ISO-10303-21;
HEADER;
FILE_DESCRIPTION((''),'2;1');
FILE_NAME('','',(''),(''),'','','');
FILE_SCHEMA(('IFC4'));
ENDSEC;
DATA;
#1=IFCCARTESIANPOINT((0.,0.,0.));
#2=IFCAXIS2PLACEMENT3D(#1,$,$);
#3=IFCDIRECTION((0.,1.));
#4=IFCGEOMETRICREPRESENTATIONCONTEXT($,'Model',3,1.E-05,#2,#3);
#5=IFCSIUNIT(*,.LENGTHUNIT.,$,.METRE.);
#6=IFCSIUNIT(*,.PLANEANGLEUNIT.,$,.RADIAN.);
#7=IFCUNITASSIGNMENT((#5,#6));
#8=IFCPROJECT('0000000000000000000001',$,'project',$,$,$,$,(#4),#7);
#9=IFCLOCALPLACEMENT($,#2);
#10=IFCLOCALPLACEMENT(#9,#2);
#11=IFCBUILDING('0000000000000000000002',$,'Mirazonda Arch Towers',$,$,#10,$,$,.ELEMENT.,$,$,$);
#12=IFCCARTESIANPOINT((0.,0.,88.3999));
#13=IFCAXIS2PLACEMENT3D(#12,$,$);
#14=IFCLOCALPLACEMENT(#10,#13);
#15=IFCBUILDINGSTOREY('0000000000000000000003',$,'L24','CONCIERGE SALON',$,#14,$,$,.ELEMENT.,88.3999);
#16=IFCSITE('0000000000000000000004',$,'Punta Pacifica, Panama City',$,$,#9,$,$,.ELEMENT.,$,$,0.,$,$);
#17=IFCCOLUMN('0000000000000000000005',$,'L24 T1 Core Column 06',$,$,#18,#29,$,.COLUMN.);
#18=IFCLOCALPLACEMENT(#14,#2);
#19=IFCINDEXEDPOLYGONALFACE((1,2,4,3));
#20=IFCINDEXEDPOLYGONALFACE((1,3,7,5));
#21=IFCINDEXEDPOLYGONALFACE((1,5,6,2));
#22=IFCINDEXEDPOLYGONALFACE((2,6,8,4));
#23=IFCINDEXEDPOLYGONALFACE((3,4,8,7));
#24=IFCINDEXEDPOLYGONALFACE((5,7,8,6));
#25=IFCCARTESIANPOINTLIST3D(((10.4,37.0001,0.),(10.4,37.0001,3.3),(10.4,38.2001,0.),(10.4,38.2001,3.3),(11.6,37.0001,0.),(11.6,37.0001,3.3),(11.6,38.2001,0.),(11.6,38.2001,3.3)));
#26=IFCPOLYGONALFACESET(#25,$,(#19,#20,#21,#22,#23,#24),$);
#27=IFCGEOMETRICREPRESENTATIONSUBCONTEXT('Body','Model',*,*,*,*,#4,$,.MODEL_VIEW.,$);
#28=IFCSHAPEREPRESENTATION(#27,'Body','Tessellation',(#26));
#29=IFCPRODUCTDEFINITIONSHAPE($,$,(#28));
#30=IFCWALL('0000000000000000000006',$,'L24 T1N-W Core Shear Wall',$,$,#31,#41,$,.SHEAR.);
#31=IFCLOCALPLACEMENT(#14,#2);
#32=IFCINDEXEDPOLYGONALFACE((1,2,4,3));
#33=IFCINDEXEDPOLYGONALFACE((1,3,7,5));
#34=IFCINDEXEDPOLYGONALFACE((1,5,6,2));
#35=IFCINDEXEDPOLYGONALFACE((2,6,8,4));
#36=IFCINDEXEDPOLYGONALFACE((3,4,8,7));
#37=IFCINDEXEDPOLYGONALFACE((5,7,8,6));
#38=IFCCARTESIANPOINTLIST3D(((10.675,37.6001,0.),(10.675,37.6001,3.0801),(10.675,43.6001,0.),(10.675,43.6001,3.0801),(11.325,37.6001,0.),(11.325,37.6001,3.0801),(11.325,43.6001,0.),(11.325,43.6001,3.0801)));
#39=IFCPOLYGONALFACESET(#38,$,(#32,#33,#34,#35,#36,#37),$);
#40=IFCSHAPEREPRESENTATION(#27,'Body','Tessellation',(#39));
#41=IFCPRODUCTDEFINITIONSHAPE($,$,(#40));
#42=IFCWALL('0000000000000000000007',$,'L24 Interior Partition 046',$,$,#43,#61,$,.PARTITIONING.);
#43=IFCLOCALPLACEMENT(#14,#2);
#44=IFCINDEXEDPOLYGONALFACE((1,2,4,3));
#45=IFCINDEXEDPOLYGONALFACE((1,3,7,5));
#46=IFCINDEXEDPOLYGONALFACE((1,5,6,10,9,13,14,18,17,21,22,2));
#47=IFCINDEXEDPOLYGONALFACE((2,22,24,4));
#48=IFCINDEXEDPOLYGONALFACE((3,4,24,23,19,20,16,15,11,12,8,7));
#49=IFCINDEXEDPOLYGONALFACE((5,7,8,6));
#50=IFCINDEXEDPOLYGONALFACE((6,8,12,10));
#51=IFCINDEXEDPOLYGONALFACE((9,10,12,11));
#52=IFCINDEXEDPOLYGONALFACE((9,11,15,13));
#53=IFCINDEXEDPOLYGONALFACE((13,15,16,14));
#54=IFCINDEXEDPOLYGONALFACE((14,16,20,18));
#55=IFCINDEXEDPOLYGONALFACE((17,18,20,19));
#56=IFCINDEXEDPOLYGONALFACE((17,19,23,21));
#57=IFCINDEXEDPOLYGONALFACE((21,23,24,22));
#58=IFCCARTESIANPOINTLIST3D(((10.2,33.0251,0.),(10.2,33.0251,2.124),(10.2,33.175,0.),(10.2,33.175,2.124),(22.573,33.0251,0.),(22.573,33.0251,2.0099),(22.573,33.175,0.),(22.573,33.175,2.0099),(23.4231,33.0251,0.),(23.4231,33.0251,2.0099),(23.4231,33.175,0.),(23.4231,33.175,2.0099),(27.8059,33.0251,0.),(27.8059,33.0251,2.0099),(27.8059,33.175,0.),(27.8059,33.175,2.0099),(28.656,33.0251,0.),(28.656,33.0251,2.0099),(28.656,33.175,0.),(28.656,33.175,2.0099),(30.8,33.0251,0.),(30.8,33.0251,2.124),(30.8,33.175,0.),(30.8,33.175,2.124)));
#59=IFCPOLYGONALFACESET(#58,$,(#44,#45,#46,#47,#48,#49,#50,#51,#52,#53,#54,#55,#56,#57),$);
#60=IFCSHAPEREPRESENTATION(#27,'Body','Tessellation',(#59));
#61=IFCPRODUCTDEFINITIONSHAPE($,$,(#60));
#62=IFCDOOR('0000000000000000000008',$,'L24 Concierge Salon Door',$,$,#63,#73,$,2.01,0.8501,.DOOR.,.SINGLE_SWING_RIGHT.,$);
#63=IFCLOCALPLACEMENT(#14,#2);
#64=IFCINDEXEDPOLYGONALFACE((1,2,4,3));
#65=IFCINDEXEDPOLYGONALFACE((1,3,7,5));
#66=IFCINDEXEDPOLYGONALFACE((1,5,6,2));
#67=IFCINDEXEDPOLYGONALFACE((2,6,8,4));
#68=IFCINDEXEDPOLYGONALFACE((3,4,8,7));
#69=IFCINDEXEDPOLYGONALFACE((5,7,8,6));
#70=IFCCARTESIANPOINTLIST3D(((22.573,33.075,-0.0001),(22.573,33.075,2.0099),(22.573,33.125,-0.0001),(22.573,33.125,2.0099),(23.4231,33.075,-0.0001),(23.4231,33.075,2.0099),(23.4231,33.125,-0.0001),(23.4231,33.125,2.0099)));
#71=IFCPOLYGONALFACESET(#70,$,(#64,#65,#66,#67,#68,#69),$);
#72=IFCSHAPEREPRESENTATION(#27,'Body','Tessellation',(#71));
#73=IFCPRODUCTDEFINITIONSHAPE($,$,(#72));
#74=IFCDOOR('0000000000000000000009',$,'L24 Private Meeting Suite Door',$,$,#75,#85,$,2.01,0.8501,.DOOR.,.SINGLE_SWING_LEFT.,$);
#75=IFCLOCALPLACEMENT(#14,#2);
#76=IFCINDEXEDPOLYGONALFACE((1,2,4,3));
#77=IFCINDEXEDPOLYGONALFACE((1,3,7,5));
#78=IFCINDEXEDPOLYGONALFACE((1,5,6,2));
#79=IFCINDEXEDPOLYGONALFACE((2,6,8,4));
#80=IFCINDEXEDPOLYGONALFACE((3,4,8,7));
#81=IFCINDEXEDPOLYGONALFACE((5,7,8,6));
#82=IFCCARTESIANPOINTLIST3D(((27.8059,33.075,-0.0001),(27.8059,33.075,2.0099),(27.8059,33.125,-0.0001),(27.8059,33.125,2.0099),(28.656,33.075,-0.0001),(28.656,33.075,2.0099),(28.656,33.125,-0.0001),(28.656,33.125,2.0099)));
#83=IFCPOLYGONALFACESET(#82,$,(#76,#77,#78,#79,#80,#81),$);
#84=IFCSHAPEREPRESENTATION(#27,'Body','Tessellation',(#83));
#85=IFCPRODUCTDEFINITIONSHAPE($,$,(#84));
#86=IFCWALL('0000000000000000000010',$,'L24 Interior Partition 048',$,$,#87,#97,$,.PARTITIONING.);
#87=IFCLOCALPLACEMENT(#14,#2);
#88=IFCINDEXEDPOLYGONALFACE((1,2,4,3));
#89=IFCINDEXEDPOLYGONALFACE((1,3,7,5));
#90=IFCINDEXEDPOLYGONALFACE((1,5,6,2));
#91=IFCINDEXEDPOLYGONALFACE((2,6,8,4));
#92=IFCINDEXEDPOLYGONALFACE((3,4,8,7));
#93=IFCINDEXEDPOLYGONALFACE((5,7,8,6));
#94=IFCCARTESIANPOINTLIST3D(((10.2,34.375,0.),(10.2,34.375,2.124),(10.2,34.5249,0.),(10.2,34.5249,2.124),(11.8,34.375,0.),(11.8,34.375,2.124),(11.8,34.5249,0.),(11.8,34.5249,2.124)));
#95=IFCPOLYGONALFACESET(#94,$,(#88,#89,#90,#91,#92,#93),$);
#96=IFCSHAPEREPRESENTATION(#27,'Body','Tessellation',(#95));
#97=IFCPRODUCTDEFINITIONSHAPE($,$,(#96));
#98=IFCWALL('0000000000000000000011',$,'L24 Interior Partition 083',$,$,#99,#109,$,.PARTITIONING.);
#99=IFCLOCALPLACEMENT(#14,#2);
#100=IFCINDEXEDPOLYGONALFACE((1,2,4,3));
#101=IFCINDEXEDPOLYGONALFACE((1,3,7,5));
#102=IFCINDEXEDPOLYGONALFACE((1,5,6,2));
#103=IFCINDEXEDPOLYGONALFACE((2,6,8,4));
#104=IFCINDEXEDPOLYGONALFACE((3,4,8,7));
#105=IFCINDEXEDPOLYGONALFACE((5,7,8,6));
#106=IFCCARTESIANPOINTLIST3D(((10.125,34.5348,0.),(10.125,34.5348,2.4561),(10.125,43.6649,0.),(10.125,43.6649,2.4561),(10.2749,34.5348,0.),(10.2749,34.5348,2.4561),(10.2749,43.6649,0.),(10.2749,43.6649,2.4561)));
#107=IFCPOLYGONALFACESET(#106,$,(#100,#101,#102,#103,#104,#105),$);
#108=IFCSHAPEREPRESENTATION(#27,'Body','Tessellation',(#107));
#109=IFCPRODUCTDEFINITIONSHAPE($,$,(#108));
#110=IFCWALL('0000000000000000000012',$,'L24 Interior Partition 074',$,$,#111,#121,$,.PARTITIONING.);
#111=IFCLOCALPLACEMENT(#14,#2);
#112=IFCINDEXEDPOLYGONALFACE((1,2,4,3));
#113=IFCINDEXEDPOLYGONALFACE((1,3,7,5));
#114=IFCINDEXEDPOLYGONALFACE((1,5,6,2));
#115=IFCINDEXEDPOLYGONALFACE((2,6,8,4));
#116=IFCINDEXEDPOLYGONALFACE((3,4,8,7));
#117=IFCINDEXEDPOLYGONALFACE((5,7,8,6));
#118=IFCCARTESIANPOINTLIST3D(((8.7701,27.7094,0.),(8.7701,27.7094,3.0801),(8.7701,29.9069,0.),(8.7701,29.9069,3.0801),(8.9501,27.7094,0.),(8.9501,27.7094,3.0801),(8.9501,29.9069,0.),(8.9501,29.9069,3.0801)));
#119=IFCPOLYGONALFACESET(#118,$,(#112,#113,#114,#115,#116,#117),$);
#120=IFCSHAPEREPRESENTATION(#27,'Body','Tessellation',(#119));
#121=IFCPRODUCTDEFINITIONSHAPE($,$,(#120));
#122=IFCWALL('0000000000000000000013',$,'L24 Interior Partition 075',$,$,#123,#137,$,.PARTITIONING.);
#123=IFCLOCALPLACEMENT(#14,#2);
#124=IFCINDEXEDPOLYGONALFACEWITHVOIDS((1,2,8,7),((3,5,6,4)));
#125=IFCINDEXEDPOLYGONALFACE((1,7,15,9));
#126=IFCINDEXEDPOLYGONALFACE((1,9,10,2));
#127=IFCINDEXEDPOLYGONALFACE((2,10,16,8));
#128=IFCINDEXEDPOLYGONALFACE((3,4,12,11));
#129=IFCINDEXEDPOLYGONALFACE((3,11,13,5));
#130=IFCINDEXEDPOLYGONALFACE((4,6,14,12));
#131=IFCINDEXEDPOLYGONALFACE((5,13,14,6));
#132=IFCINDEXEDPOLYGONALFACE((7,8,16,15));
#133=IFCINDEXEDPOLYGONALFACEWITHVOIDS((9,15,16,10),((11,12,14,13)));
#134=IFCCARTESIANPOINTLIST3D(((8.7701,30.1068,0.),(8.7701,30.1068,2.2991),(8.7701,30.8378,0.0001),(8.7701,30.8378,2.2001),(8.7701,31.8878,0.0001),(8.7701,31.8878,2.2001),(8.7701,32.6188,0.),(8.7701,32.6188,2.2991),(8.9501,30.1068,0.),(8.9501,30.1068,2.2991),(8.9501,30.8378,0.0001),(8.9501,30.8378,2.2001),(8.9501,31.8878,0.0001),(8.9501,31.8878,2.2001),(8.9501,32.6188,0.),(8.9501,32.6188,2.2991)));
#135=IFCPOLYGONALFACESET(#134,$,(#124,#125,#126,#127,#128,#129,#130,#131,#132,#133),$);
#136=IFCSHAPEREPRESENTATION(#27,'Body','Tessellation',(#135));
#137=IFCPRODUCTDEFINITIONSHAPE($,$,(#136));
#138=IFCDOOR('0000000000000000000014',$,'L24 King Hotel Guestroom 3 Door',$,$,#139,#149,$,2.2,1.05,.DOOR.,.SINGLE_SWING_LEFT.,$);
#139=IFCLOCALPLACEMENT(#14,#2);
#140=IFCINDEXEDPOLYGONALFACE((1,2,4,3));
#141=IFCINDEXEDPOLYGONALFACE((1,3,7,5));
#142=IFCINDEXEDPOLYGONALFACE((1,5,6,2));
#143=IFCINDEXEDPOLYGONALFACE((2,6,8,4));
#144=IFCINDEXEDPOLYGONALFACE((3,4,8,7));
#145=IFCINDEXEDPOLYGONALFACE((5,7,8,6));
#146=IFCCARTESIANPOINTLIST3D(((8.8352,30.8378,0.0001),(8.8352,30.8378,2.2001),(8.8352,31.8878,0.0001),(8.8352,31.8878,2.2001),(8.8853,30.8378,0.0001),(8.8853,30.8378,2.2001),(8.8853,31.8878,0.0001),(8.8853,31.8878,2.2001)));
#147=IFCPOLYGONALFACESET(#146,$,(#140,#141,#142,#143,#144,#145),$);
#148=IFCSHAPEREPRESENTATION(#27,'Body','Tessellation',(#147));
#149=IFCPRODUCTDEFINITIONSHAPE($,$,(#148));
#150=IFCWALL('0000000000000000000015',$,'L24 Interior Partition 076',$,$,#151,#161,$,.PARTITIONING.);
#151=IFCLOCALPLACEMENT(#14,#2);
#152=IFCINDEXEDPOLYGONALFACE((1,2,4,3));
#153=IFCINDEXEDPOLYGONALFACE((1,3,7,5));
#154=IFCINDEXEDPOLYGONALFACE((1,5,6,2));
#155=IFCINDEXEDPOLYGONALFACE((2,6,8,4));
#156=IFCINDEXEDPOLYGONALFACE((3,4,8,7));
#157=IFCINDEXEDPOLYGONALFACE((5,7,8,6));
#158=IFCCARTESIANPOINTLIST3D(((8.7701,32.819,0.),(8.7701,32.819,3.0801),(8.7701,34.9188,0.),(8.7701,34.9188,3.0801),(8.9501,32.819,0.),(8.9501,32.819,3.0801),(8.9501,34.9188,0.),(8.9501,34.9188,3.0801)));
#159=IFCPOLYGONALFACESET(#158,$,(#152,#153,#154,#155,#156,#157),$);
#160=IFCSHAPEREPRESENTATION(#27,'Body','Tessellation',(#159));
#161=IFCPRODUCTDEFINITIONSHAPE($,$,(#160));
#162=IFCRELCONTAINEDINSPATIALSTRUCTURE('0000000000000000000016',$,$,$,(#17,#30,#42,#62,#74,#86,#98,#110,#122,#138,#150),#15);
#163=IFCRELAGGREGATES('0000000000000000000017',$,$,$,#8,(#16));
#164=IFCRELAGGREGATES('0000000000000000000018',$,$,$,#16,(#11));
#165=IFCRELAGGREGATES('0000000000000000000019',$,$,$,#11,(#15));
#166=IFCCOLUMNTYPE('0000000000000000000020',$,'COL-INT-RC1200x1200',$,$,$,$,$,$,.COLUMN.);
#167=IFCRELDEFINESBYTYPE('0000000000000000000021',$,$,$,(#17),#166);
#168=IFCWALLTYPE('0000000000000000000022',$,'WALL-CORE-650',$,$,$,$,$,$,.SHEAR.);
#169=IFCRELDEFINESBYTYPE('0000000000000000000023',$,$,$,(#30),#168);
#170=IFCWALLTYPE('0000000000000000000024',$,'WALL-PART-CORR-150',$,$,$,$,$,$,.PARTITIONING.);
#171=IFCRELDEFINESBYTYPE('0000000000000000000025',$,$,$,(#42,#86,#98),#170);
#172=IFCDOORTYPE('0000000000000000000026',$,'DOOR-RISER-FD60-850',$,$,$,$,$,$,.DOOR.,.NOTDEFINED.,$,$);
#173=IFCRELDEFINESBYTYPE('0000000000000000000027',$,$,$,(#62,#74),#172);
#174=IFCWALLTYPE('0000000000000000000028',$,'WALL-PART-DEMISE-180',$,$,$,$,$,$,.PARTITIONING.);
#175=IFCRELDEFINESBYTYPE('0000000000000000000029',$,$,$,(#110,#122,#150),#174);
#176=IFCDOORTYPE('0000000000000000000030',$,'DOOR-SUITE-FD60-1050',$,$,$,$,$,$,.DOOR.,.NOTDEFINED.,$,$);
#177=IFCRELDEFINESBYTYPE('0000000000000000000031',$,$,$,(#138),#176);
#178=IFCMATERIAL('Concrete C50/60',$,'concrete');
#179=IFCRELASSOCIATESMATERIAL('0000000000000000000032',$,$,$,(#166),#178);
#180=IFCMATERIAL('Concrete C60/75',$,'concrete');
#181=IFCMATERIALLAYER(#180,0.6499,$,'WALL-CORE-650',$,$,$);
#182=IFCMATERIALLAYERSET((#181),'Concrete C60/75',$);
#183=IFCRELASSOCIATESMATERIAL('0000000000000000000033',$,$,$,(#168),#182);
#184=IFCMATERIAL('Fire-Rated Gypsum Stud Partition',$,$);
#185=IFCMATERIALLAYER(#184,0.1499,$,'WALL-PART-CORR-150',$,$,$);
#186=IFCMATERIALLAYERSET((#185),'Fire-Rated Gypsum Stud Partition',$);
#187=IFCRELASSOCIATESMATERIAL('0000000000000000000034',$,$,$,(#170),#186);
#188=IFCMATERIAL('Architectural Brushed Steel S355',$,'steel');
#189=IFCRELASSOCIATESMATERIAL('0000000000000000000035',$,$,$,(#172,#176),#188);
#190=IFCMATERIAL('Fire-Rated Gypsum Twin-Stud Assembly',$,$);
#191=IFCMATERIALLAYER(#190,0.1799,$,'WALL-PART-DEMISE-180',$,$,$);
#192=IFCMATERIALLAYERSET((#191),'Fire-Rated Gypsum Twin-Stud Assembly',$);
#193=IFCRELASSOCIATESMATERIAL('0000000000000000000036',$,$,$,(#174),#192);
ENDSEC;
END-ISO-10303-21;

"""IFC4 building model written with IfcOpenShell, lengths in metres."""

from ifc_helpers import new_model, si_unit, direction, frame, frame_2d, origin, origin_2d, place, context, subcontext, project, spatial, rectangle, extrude, material, layer, layer_set, material_profile, profile_set, type_object, element, fill, save


model = new_model("IFC4")

# Units and contexts
model_context = context("Model", 3, precision=1e-05, world=origin(), true_north=direction((0.0, 1.0)))
body_context = subcontext(model_context, "Body", "Model", "MODEL_VIEW")
ifc_project = project(units=[si_unit("LENGTHUNIT", "METRE"), si_unit("PLANEANGLEUNIT", "RADIAN")], contexts=[model_context])

# Site, building, storey
site_placement = place(None, origin())
site = spatial("IfcSite", under=ifc_project, at=site_placement, Name="Punta Pacifica, Panama City", CompositionType="ELEMENT", RefElevation=0.0)
building_placement = place(site_placement, origin())
building = spatial("IfcBuilding", under=site, at=building_placement, Name="Mirazonda Arch Towers", CompositionType="ELEMENT")
storey_placement = place(building_placement, frame((0.0, 0.0, 88.3999)))
storey = spatial("IfcBuildingStorey", under=building, at=storey_placement, Name="L24", Description="CONCIERGE SALON", CompositionType="ELEMENT", Elevation=88.3999)

# Column
ifc_material_1 = material(Name="Concrete C50/60", Category="concrete")
ifc_material_profile = material_profile(ifc_material_1, rectangle(XDim=1.2, YDim=1.2, at=origin_2d()), Name="RC1200x1200")
ifc_profile_set = profile_set([ifc_material_profile], Name="Concrete C50/60")
column_type = type_object("IfcColumnType", Name="COL-INT-RC1200x1200", PredefinedType="COLUMN", material=ifc_profile_set)
column_placement = place(storey_placement, frame((11.0, 37.6001, 0.0), z_axis=(0.0, 0.0, 1.0), x_axis=(1.0, 0.0, 0.0)))
element("IfcColumn", 1, at=column_placement, inside=storey, type_object=column_type, Name="L24 T1 Core Column 06", PredefinedType="COLUMN", context=body_context, shape_type="SweptSolid", body=[
    extrude(rectangle(XDim=1.2, YDim=1.2, at=origin_2d()), origin(), (0.0, 0.0, 1.0), 3.3),
])

# Wall
ifc_material_2 = material(Name="Concrete C60/75", Category="concrete")
ifc_layer_1 = layer(ifc_material_2, 0.6499, Name="WALL-CORE-650")
ifc_layer_set_1 = layer_set([ifc_layer_1], Name="Concrete C60/75")
wall_type_1 = type_object("IfcWallType", Name="WALL-CORE-650", PredefinedType="SHEAR", material=ifc_layer_set_1)
wall_1_placement = place(storey_placement, frame((11.0, 37.6001, 0.0), z_axis=(0.0, 0.0, 1.0), x_axis=(0.0, 1.0, 0.0)))
element("IfcWall", 2, at=wall_1_placement, inside=storey, type_object=wall_type_1, Name="L24 T1N-W Core Shear Wall", PredefinedType="SHEAR", context=body_context, shape_type="SweptSolid", body=[
    extrude(rectangle(XDim=6.0, YDim=0.6499, at=frame_2d((3.0, 0.0))), origin(), (0.0, 0.0, 1.0), 3.0801),
])

# Wall, openings, doors
ifc_material_3 = material(Name="Fire-Rated Gypsum Stud Partition")
ifc_layer_2 = layer(ifc_material_3, 0.1499, Name="WALL-PART-CORR-150")
ifc_layer_set_2 = layer_set([ifc_layer_2], Name="Fire-Rated Gypsum Stud Partition")
wall_type_2 = type_object("IfcWallType", Name="WALL-PART-CORR-150", PredefinedType="PARTITIONING", material=ifc_layer_set_2)
wall_2_placement = place(storey_placement, frame((10.2, 33.1001, 0.0), z_axis=(0.0, 0.0, 1.0), x_axis=(1.0, 0.0, 0.0)))
wall_2 = element("IfcWall", 3, at=wall_2_placement, inside=storey, type_object=wall_type_2, Name="L24 Interior Partition 046", PredefinedType="PARTITIONING", context=body_context, shape_type="SweptSolid", body=[
    extrude(rectangle(XDim=20.6001, YDim=0.1499, at=frame_2d((10.3, 0.0))), origin(), (0.0, 0.0, 1.0), 2.124),
])
opening_1_placement = place(wall_2_placement, frame((12.373, 0.0, 0.0)))
opening_1 = element("IfcOpeningElement", 4, at=opening_1_placement, cuts=wall_2, PredefinedType="OPENING", context=body_context, shape_type="SweptSolid", body=[
    extrude(rectangle(XDim=0.8501, YDim=2.01, at=frame_2d((0.425, 1.0049))), frame((0.0, 0.085, 0.0), z_axis=(0.0, -1.0, 0.0), x_axis=(1.0, 0.0, 0.0)), (0.0, 0.0, 1.0), 0.1699),
])
opening_2_placement = place(wall_2_placement, frame((17.606, 0.0, 0.0)))
opening_2 = element("IfcOpeningElement", 5, at=opening_2_placement, cuts=wall_2, PredefinedType="OPENING", context=body_context, shape_type="SweptSolid", body=[
    extrude(rectangle(XDim=0.8501, YDim=2.01, at=frame_2d((0.425, 1.0049))), frame((0.0, 0.085, 0.0), z_axis=(0.0, -1.0, 0.0), x_axis=(1.0, 0.0, 0.0)), (0.0, 0.0, 1.0), 0.1699),
])
ifc_material_4 = material(Name="Architectural Brushed Steel S355", Category="steel")
door_type_1 = type_object("IfcDoorType", Name="DOOR-RISER-FD60-850", OperationType="NOTDEFINED", PredefinedType="DOOR", material=ifc_material_4)
door_1_placement = place(opening_1_placement, origin())
door_1 = element("IfcDoor", 6, at=door_1_placement, inside=storey, type_object=door_type_1, Name="L24 Concierge Salon Door", OperationType="SINGLE_SWING_RIGHT", OverallHeight=2.01, OverallWidth=0.8501, PredefinedType="DOOR", context=body_context, shape_type="SweptSolid", body=[
    extrude(rectangle(XDim=0.8501, YDim=2.01, at=frame_2d((0.425, 1.0049))), frame((0.0, 0.0249, 0.0), z_axis=(0.0, -1.0, 0.0), x_axis=(1.0, 0.0, 0.0)), (0.0, 0.0, 1.0), 0.05),
])
fill(opening_1, door_1)
door_2_placement = place(opening_2_placement, origin())
door_2 = element("IfcDoor", 7, at=door_2_placement, inside=storey, type_object=door_type_1, Name="L24 Private Meeting Suite Door", OperationType="SINGLE_SWING_LEFT", OverallHeight=2.01, OverallWidth=0.8501, PredefinedType="DOOR", context=body_context, shape_type="SweptSolid", body=[
    extrude(rectangle(XDim=0.8501, YDim=2.01, at=frame_2d((0.425, 1.0049))), frame((0.0, 0.0249, 0.0), z_axis=(0.0, -1.0, 0.0), x_axis=(1.0, 0.0, 0.0)), (0.0, 0.0, 1.0), 0.05),
])
fill(opening_2, door_2)

# Walls
wall_3_placement = place(storey_placement, frame((10.2, 34.45, 0.0), z_axis=(0.0, 0.0, 1.0), x_axis=(1.0, 0.0, 0.0)))
element("IfcWall", 8, at=wall_3_placement, inside=storey, type_object=wall_type_2, Name="L24 Interior Partition 048", PredefinedType="PARTITIONING", context=body_context, shape_type="SweptSolid", body=[
    extrude(rectangle(XDim=1.6001, YDim=0.1499, at=frame_2d((0.8, 0.0))), origin(), (0.0, 0.0, 1.0), 2.124),
])
wall_4_placement = place(storey_placement, frame((10.2, 34.5349, 0.0), z_axis=(0.0, 0.0, 1.0), x_axis=(0.0, 1.0, 0.0)))
element("IfcWall", 9, at=wall_4_placement, inside=storey, type_object=wall_type_2, Name="L24 Interior Partition 083", PredefinedType="PARTITIONING", context=body_context, shape_type="SweptSolid", body=[
    extrude(rectangle(XDim=9.1301, YDim=0.1499, at=frame_2d((4.5649, 0.0))), origin(), (0.0, 0.0, 1.0), 2.4561),
])
ifc_material_5 = material(Name="Fire-Rated Gypsum Twin-Stud Assembly")
ifc_layer_3 = layer(ifc_material_5, 0.1799, Name="WALL-PART-DEMISE-180")
ifc_layer_set_3 = layer_set([ifc_layer_3], Name="Fire-Rated Gypsum Twin-Stud Assembly")
wall_type_3 = type_object("IfcWallType", Name="WALL-PART-DEMISE-180", PredefinedType="PARTITIONING", material=ifc_layer_set_3)
wall_5_placement = place(storey_placement, frame((8.8601, 27.7095, 0.0), z_axis=(0.0, 0.0, 1.0), x_axis=(0.0, 1.0, 0.0)))
element("IfcWall", 10, at=wall_5_placement, inside=storey, type_object=wall_type_3, Name="L24 Interior Partition 074", PredefinedType="PARTITIONING", context=body_context, shape_type="SweptSolid", body=[
    extrude(rectangle(XDim=2.1975, YDim=0.1799, at=frame_2d((1.0986, 0.0))), origin(), (0.0, 0.0, 1.0), 3.0801),
])

# Wall, opening, door
wall_6_placement = place(storey_placement, frame((8.8601, 30.1069, 0.0), z_axis=(0.0, 0.0, 1.0), x_axis=(0.0, 1.0, 0.0)))
wall_6 = element("IfcWall", 11, at=wall_6_placement, inside=storey, type_object=wall_type_3, Name="L24 Interior Partition 075", PredefinedType="PARTITIONING", context=body_context, shape_type="SweptSolid", body=[
    extrude(rectangle(XDim=2.512, YDim=0.1799, at=frame_2d((1.2559, 0.0))), origin(), (0.0, 0.0, 1.0), 2.2991),
])
opening_3_placement = place(wall_6_placement, frame((0.731, 0.0, 0.0)))
opening_3 = element("IfcOpeningElement", 12, at=opening_3_placement, cuts=wall_6, PredefinedType="OPENING", context=body_context, shape_type="SweptSolid", body=[
    extrude(rectangle(XDim=1.05, YDim=2.2, at=frame_2d((0.5249, 1.1001))), frame((0.0, 0.0999, 0.0), z_axis=(0.0, -1.0, 0.0), x_axis=(1.0, 0.0, 0.0)), (0.0, 0.0, 1.0), 0.2),
])
door_type_2 = type_object("IfcDoorType", Name="DOOR-SUITE-FD60-1050", OperationType="NOTDEFINED", PredefinedType="DOOR", material=ifc_material_4)
door_3_placement = place(opening_3_placement, origin())
door_3 = element("IfcDoor", 13, at=door_3_placement, inside=storey, type_object=door_type_2, Name="L24 King Hotel Guestroom 3 Door", OperationType="SINGLE_SWING_LEFT", OverallHeight=2.2, OverallWidth=1.05, PredefinedType="DOOR", context=body_context, shape_type="SweptSolid", body=[
    extrude(rectangle(XDim=1.05, YDim=2.2, at=frame_2d((0.5249, 1.1001))), frame((0.0, 0.0249, 0.0), z_axis=(0.0, -1.0, 0.0), x_axis=(1.0, 0.0, 0.0)), (0.0, 0.0, 1.0), 0.05),
])
fill(opening_3, door_3)

# Wall
wall_7_placement = place(storey_placement, frame((8.8601, 32.8191, 0.0), z_axis=(0.0, 0.0, 1.0), x_axis=(0.0, 1.0, 0.0)))
element("IfcWall", 14, at=wall_7_placement, inside=storey, type_object=wall_type_3, Name="L24 Interior Partition 076", PredefinedType="PARTITIONING", context=body_context, shape_type="SweptSolid", body=[
    extrude(rectangle(XDim=2.0999, YDim=0.1799, at=frame_2d((1.0498, 0.0))), origin(), (0.0, 0.0, 1.0), 3.0801),
])

save(model, "model.ifc")
